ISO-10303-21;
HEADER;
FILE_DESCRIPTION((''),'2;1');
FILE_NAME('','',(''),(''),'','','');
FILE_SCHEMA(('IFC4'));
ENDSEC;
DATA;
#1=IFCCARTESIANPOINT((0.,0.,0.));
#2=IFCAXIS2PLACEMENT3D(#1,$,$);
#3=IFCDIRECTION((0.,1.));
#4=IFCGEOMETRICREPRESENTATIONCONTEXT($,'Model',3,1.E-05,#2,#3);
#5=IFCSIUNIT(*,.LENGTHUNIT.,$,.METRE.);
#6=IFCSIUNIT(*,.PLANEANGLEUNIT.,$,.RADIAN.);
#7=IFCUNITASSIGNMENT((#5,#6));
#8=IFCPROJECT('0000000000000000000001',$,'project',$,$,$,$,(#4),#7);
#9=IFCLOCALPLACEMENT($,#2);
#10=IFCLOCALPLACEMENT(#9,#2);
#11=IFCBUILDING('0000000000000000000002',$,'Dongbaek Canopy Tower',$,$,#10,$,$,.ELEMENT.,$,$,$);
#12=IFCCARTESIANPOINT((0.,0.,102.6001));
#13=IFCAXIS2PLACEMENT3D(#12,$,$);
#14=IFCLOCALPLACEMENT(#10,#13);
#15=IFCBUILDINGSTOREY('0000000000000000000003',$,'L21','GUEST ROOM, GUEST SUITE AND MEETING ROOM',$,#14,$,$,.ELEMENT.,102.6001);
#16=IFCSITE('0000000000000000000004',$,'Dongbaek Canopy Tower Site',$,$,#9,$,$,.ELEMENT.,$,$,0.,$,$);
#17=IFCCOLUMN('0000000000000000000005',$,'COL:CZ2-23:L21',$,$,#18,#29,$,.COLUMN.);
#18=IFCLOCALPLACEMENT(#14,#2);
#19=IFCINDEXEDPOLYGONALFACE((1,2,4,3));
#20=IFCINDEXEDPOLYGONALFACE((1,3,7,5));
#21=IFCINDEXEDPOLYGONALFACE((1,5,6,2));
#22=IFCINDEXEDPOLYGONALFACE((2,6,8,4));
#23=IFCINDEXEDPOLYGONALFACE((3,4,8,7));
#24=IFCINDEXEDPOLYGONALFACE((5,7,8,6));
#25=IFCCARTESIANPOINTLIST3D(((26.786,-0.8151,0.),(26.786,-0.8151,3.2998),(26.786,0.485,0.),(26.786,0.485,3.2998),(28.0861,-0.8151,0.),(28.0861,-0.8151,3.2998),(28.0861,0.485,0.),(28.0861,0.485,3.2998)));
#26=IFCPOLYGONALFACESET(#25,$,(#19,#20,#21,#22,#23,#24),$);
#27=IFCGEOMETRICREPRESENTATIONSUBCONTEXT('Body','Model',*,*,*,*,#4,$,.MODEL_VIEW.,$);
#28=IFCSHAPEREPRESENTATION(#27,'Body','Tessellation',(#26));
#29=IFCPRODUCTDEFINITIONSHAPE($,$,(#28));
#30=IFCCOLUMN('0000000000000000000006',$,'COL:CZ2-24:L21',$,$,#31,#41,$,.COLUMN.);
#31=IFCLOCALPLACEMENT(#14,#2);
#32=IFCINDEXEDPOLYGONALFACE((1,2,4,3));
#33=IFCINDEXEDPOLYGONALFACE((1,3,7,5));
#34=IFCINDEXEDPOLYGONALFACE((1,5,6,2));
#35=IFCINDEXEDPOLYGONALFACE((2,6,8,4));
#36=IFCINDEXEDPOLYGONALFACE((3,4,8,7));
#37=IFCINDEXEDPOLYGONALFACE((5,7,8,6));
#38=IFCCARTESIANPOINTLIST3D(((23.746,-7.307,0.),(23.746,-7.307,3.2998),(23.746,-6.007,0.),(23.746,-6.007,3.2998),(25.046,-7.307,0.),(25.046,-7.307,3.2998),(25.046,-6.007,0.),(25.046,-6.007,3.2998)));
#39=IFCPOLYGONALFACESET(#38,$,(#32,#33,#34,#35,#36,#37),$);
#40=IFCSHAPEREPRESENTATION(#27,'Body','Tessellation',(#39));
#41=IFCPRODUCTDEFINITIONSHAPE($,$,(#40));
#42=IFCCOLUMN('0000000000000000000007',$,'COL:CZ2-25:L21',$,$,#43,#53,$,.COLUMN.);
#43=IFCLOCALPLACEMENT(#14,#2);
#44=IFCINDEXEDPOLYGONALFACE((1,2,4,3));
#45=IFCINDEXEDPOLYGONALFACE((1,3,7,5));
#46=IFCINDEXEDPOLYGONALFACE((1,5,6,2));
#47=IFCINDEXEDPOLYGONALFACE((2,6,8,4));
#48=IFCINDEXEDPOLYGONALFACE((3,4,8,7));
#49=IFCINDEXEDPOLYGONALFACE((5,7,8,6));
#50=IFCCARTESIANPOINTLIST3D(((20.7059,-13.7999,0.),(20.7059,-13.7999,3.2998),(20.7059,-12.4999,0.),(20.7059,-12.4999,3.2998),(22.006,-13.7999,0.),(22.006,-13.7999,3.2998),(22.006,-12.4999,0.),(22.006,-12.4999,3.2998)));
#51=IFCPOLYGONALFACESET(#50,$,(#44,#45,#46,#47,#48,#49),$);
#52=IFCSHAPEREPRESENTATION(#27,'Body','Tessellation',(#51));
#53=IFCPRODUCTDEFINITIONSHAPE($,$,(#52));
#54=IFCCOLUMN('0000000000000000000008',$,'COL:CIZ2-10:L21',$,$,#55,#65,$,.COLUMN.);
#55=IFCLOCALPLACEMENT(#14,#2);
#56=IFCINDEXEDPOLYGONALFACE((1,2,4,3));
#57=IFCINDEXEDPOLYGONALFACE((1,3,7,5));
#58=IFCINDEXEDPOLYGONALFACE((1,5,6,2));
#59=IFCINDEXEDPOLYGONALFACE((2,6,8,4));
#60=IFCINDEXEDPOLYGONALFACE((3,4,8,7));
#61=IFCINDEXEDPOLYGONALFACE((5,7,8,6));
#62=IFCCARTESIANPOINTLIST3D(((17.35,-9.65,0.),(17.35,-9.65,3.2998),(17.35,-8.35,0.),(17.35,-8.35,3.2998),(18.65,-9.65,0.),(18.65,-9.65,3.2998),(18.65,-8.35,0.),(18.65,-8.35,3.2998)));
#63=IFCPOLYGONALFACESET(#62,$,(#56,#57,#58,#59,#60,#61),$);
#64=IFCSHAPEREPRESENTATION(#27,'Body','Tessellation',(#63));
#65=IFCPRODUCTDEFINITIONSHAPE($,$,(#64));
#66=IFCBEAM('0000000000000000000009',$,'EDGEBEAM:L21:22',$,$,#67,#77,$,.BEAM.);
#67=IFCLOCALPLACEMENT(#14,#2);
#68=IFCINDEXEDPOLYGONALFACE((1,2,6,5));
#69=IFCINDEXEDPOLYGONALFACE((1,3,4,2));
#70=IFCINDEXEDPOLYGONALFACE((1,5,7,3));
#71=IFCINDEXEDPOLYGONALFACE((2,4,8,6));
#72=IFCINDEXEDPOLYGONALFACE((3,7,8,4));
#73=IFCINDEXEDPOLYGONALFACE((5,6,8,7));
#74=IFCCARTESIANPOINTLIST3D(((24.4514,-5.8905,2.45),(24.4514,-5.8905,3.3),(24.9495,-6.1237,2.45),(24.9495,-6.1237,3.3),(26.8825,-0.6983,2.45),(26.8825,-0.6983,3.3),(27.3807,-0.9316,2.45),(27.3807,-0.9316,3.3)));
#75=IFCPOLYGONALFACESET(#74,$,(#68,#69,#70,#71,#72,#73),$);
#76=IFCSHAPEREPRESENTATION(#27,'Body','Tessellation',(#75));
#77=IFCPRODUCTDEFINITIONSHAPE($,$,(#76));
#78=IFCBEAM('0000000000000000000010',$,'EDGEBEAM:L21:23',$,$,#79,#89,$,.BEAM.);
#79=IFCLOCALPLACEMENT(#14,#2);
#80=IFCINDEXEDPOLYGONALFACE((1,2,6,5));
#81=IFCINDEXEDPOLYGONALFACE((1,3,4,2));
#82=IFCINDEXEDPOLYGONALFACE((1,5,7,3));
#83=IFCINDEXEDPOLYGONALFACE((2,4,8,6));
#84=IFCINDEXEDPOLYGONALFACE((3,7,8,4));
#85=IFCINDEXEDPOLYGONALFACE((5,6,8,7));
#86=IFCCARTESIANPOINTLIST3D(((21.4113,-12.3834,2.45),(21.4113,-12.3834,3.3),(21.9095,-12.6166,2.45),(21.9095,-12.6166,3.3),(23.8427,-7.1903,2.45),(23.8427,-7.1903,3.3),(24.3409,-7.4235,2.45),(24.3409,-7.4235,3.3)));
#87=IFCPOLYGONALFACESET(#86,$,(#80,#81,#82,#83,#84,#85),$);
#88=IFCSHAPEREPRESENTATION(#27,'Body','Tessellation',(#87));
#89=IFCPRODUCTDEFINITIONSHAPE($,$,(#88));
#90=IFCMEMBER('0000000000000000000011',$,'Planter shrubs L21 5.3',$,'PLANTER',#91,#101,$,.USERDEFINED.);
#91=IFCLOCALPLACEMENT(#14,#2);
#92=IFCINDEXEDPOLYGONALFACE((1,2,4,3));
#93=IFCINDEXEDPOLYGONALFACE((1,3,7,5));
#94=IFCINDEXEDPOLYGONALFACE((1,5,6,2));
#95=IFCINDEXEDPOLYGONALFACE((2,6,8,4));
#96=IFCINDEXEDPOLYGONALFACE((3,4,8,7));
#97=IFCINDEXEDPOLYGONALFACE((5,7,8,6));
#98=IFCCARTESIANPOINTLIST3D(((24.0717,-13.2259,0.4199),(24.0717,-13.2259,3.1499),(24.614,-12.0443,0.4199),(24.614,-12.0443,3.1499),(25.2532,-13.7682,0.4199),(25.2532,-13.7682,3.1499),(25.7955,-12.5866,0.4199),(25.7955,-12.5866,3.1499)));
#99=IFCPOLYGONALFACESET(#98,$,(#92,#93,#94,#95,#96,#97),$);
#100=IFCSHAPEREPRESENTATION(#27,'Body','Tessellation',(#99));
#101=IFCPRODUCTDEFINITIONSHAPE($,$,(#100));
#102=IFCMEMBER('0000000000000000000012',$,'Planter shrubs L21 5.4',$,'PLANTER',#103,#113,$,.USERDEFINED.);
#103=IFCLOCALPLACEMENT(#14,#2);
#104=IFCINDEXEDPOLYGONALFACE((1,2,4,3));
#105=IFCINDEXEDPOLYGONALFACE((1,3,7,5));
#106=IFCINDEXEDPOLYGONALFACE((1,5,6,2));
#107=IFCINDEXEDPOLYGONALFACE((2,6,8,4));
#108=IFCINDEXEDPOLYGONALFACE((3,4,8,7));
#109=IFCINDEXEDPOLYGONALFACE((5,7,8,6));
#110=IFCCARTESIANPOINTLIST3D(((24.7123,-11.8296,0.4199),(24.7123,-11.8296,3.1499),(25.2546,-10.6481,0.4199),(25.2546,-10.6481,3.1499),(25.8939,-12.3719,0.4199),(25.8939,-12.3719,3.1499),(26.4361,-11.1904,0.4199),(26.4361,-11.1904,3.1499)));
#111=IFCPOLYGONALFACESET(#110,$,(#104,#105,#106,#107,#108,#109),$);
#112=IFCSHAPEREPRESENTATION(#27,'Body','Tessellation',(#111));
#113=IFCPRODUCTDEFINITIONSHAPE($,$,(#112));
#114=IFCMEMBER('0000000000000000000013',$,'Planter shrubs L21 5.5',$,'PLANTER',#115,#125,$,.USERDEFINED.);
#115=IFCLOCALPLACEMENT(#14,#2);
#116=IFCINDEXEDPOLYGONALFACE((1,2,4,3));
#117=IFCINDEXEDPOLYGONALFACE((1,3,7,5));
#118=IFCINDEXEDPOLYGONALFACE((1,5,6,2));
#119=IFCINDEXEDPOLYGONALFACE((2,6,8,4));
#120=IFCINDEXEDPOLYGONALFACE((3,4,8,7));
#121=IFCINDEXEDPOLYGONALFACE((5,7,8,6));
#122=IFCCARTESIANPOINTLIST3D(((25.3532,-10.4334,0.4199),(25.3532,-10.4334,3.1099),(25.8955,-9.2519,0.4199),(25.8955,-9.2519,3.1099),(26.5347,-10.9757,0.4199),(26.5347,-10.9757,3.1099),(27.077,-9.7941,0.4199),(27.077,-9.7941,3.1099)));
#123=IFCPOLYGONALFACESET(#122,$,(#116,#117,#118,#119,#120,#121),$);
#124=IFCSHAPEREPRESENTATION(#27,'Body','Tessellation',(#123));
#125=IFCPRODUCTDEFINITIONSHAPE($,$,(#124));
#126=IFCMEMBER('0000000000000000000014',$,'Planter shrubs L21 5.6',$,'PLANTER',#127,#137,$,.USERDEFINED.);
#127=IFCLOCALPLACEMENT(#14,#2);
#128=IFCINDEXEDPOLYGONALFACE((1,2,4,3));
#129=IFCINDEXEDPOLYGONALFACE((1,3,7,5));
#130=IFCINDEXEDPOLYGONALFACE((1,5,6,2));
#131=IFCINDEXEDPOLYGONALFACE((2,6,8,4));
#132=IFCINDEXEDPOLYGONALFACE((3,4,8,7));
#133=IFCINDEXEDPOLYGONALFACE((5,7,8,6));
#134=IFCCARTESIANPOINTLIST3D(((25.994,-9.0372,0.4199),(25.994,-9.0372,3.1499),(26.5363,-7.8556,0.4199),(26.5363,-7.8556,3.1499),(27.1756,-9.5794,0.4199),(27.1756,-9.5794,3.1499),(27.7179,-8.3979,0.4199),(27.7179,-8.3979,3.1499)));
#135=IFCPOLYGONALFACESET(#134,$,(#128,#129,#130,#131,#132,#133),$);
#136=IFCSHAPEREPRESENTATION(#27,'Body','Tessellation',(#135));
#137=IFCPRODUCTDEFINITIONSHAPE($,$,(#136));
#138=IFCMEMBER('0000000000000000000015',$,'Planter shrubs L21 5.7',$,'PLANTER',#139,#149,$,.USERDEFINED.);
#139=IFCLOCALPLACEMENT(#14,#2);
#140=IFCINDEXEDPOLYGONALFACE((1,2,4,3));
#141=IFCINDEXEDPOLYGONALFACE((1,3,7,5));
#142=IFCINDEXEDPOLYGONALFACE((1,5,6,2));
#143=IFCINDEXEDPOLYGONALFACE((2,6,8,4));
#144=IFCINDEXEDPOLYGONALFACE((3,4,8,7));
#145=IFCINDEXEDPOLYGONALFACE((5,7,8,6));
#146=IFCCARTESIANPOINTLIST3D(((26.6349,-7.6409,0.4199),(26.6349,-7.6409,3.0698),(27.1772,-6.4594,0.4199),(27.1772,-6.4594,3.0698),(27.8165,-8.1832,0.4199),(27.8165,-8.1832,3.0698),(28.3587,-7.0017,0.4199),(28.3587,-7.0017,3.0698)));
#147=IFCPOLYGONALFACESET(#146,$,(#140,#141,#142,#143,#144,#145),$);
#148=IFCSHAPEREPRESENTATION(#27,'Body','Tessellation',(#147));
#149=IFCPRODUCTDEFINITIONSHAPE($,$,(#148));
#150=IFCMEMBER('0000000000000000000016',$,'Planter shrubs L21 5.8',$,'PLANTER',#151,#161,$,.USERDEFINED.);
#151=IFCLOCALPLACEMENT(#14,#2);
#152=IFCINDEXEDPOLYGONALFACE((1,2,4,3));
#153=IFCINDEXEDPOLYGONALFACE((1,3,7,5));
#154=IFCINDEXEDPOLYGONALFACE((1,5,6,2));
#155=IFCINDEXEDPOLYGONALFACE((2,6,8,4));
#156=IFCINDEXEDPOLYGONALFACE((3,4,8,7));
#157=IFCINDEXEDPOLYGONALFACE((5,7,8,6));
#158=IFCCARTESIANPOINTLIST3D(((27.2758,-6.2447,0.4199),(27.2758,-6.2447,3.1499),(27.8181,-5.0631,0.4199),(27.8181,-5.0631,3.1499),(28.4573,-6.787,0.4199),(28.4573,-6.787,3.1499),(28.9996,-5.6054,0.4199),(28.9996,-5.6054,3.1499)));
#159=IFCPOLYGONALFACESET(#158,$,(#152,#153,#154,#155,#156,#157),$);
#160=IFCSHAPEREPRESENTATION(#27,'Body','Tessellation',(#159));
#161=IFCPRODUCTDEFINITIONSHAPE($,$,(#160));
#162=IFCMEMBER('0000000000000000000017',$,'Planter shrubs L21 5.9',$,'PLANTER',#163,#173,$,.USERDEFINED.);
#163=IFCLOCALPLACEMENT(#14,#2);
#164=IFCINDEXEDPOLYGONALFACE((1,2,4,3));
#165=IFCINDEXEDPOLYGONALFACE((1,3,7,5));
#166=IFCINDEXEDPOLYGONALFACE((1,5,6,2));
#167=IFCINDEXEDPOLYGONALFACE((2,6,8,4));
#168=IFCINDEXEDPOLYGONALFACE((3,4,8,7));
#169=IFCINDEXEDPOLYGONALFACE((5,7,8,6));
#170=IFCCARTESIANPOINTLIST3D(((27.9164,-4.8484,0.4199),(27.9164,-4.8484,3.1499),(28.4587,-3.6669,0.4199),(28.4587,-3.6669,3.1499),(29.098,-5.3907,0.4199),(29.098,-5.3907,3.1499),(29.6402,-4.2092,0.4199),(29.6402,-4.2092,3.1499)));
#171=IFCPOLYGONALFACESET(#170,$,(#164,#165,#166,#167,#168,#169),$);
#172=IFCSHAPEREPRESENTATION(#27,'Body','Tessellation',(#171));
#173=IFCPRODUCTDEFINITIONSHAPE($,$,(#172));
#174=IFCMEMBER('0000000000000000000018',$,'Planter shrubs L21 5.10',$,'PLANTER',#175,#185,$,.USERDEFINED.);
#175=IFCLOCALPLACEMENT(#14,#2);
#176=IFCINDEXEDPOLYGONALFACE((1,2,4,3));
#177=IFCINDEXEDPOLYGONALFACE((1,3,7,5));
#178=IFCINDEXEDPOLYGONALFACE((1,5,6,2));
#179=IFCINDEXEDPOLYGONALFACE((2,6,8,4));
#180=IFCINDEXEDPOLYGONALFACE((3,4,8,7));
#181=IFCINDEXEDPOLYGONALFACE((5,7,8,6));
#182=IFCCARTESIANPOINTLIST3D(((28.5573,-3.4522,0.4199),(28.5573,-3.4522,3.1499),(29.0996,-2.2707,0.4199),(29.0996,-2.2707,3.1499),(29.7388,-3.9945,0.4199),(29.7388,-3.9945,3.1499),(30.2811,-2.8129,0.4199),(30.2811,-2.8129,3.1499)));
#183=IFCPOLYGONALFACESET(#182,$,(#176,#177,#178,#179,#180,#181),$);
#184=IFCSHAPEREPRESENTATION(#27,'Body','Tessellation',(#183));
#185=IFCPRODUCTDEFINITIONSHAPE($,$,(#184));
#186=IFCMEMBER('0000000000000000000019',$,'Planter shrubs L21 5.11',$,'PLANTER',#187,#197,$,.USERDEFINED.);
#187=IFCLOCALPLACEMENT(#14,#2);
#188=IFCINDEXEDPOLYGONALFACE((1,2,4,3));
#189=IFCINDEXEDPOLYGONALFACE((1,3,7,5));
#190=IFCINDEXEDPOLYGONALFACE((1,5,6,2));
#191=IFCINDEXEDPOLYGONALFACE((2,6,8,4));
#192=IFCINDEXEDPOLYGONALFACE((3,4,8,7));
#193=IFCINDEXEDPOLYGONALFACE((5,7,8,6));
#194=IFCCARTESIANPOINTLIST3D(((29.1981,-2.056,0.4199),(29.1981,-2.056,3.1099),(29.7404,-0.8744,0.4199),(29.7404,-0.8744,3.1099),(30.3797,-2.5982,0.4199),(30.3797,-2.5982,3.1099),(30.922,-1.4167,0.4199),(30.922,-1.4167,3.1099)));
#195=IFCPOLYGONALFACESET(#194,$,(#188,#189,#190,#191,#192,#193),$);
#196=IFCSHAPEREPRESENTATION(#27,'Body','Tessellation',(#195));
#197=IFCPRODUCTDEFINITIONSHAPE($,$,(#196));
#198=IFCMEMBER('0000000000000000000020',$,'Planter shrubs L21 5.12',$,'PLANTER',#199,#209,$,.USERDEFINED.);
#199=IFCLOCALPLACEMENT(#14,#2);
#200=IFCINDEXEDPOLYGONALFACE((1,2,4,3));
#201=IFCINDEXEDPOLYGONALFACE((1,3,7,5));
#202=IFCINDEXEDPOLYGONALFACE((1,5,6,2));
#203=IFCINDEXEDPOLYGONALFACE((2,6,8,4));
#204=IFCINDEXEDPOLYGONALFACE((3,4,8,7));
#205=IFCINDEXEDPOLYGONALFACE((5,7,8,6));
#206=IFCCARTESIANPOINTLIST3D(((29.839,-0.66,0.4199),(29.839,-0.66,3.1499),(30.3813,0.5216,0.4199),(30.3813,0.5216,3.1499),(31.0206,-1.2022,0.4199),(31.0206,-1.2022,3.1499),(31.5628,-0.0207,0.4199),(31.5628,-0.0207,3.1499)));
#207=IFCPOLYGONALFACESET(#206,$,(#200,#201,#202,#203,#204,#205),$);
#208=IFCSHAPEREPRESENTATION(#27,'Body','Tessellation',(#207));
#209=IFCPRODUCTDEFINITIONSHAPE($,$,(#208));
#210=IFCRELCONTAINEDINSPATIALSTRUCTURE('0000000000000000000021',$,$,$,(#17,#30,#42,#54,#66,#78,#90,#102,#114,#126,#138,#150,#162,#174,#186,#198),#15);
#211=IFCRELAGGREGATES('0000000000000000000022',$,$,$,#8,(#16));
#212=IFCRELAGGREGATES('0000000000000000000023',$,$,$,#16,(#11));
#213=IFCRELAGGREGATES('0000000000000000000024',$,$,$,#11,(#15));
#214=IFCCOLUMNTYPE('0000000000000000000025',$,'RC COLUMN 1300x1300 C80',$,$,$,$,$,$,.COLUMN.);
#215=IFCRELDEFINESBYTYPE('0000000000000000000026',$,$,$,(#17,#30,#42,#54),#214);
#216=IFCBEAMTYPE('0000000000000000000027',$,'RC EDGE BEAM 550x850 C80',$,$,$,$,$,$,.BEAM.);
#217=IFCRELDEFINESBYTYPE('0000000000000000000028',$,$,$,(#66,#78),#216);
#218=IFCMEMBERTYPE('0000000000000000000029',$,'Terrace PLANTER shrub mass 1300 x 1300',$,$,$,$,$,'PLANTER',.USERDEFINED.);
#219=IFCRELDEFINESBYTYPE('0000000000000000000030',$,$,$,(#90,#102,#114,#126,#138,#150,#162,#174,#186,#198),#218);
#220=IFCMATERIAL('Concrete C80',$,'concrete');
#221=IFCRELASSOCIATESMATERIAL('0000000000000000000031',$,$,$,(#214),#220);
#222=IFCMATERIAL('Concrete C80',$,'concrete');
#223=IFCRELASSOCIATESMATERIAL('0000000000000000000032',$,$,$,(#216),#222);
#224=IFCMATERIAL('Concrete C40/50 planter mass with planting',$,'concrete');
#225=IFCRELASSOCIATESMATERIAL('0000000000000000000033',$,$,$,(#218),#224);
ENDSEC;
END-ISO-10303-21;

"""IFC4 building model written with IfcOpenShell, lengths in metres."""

from ifc_helpers import new_model, si_unit, direction, frame, origin, origin_2d, place, context, subcontext, project, spatial, rectangle, extrude, material, material_profile, profile_set, type_object, element, save


model = new_model("IFC4")

# Units and contexts
model_context = context("Model", 3, precision=1e-05, world=origin(), true_north=direction((0.0, 1.0)))
body_context = subcontext(model_context, "Body", "Model", "MODEL_VIEW")
ifc_project = project(units=[si_unit("LENGTHUNIT", "METRE"), si_unit("PLANEANGLEUNIT", "RADIAN")], contexts=[model_context])

# Site, building, storey
site_placement = place(None, origin())
site = spatial("IfcSite", under=ifc_project, at=site_placement, Name="Dongbaek Canopy Tower Site", CompositionType="ELEMENT", RefElevation=0.0)
building_placement = place(site_placement, origin())
building = spatial("IfcBuilding", under=site, at=building_placement, Name="Dongbaek Canopy Tower", CompositionType="ELEMENT")
storey_placement = place(building_placement, frame((0.0, 0.0, 102.6001)))
storey = spatial("IfcBuildingStorey", under=building, at=storey_placement, Name="L21", Description="GUEST ROOM, GUEST SUITE AND MEETING ROOM", CompositionType="ELEMENT", Elevation=102.6001)

# Columns
ifc_material_1 = material(Name="Concrete C80", Category="concrete")
ifc_material_profile_1 = material_profile(ifc_material_1, rectangle(XDim=1.3, YDim=1.3, at=origin_2d()), Name="RC COLUMN 1300x1300 C80")
ifc_profile_set_1 = profile_set([ifc_material_profile_1], Name="Concrete C80")
column_type = type_object("IfcColumnType", Name="RC COLUMN 1300x1300 C80", PredefinedType="COLUMN", material=ifc_profile_set_1)
for number, where, z_axis, x_axis, name in (
    (1, (27.436, -0.165, 0.0), (0.0, 0.0, 1.0), (1.0, 0.0, 0.0), "COL:CZ2-23:L21"),
    (2, (24.396, -6.657, 0.0), (0.0, 0.0, 1.0), (1.0, 0.0, 0.0), "COL:CZ2-24:L21"),
    (3, (21.356, -13.1499, 0.0), (0.0, 0.0, 1.0), (1.0, 0.0, 0.0), "COL:CZ2-25:L21"),
    (4, (18.0, -9.0, 0.0), (0.0, 0.0, 1.0), (1.0, 0.0, 0.0), "COL:CIZ2-10:L21"),
):
    element("IfcColumn", number, at=place(storey_placement, frame(where, z_axis=z_axis, x_axis=x_axis)), inside=storey, type_object=column_type, Name=name, PredefinedType="COLUMN", context=body_context, shape_type="SweptSolid", body=[
        extrude(rectangle(XDim=1.3, YDim=1.3, at=origin_2d()), origin(), (0.0, 0.0, 1.0), 3.2998),
    ])

# Beams
ifc_material_2 = material(Name="Concrete C80", Category="concrete")
ifc_material_profile_2 = material_profile(ifc_material_2, rectangle(XDim=0.55, YDim=0.8501, at=origin_2d()), Name="RC EDGE BEAM 550x850 C80")
ifc_profile_set_2 = profile_set([ifc_material_profile_2], Name="Concrete C80")
beam_type = type_object("IfcBeamType", Name="RC EDGE BEAM 550x850 C80", PredefinedType="BEAM", material=ifc_profile_set_2)
beam_1_placement = place(storey_placement, frame((27.1316, -0.8149, 2.875), z_axis=(-0.424053, -0.905637, 0.0), x_axis=(0.905637, -0.424053, 0.0)))
element("IfcBeam", 5, at=beam_1_placement, inside=storey, type_object=beam_type, Name="EDGEBEAM:L21:22", PredefinedType="BEAM", context=body_context, shape_type="SweptSolid", body=[
    extrude(rectangle(XDim=0.55, YDim=0.8501, at=origin_2d()), origin(), (0.0, 0.0, 1.0), 5.7332),
])
beam_2_placement = place(storey_placement, frame((24.0918, -7.3069, 2.875), z_axis=(-0.424023, -0.905652, 0.0), x_axis=(0.905652, -0.424023, 0.0)))
element("IfcBeam", 6, at=beam_2_placement, inside=storey, type_object=beam_type, Name="EDGEBEAM:L21:23", PredefinedType="BEAM", context=body_context, shape_type="SweptSolid", body=[
    extrude(rectangle(XDim=0.55, YDim=0.8501, at=origin_2d()), origin(), (0.0, 0.0, 1.0), 5.7341),
])

# Members
ifc_material_3 = material(Name="Concrete C40/50 planter mass with planting", Category="concrete")
ifc_material_profile_3 = material_profile(ifc_material_3, rectangle(XDim=1.3, YDim=1.3, at=origin_2d()), Name="Terrace PLANTER shrub mass 1300 x 1300")
ifc_profile_set_3 = profile_set([ifc_material_profile_3], Name="Concrete C40/50 planter mass with planting")
member_type = type_object("IfcMemberType", Name="Terrace PLANTER shrub mass 1300 x 1300", ElementType="PLANTER", PredefinedType="USERDEFINED", material=ifc_profile_set_3)
for number, where, z_axis, x_axis, name in (
    (7, (24.9336, -12.9062, 0.4199), (0.0, 0.0, 1.0), (0.908849, -0.417126, 0.0), "Planter shrubs L21 5.3"),
    (8, (25.5742, -11.51, 0.4199), (0.0, 0.0, 1.0), (0.908849, -0.417126, 0.0), "Planter shrubs L21 5.4"),
):
    element("IfcMember", number, at=place(storey_placement, frame(where, z_axis=z_axis, x_axis=x_axis)), inside=storey, type_object=member_type, Name=name, ObjectType="PLANTER", PredefinedType="USERDEFINED", context=body_context, shape_type="SweptSolid", body=[
        extrude(rectangle(XDim=1.3, YDim=1.3, at=origin_2d()), origin(), (0.0, 0.0, 1.0), 2.73),
    ])
member_1_placement = place(storey_placement, frame((26.2151, -10.1138, 0.4199), z_axis=(0.0, 0.0, 1.0), x_axis=(0.908849, -0.417126, 0.0)))
element("IfcMember", 9, at=member_1_placement, inside=storey, type_object=member_type, Name="Planter shrubs L21 5.5", ObjectType="PLANTER", PredefinedType="USERDEFINED", context=body_context, shape_type="SweptSolid", body=[
    extrude(rectangle(XDim=1.3, YDim=1.3, at=origin_2d()), origin(), (0.0, 0.0, 1.0), 2.6899),
])
member_2_placement = place(storey_placement, frame((26.856, -8.7175, 0.4199), z_axis=(0.0, 0.0, 1.0), x_axis=(0.908849, -0.417126, 0.0)))
element("IfcMember", 10, at=member_2_placement, inside=storey, type_object=member_type, Name="Planter shrubs L21 5.6", ObjectType="PLANTER", PredefinedType="USERDEFINED", context=body_context, shape_type="SweptSolid", body=[
    extrude(rectangle(XDim=1.3, YDim=1.3, at=origin_2d()), origin(), (0.0, 0.0, 1.0), 2.73),
])
member_3_placement = place(storey_placement, frame((27.4968, -7.3213, 0.4199), z_axis=(0.0, 0.0, 1.0), x_axis=(0.908849, -0.417126, 0.0)))
element("IfcMember", 11, at=member_3_placement, inside=storey, type_object=member_type, Name="Planter shrubs L21 5.7", ObjectType="PLANTER", PredefinedType="USERDEFINED", context=body_context, shape_type="SweptSolid", body=[
    extrude(rectangle(XDim=1.3, YDim=1.3, at=origin_2d()), origin(), (0.0, 0.0, 1.0), 2.6499),
])
for number, where, z_axis, x_axis, name in (
    (12, (28.1377, -5.925, 0.4199), (0.0, 0.0, 1.0), (0.908849, -0.417126, 0.0), "Planter shrubs L21 5.8"),
    (13, (28.7783, -4.5288, 0.4199), (0.0, 0.0, 1.0), (0.908849, -0.417126, 0.0), "Planter shrubs L21 5.9"),
    (14, (29.4192, -3.1326, 0.4199), (0.0, 0.0, 1.0), (0.908849, -0.417126, 0.0), "Planter shrubs L21 5.10"),
):
    element("IfcMember", number, at=place(storey_placement, frame(where, z_axis=z_axis, x_axis=x_axis)), inside=storey, type_object=member_type, Name=name, ObjectType="PLANTER", PredefinedType="USERDEFINED", context=body_context, shape_type="SweptSolid", body=[
        extrude(rectangle(XDim=1.3, YDim=1.3, at=origin_2d()), origin(), (0.0, 0.0, 1.0), 2.73),
    ])
member_4_placement = place(storey_placement, frame((30.0601, -1.7363, 0.4199), z_axis=(0.0, 0.0, 1.0), x_axis=(0.908849, -0.417126, 0.0)))
element("IfcMember", 15, at=member_4_placement, inside=storey, type_object=member_type, Name="Planter shrubs L21 5.11", ObjectType="PLANTER", PredefinedType="USERDEFINED", context=body_context, shape_type="SweptSolid", body=[
    extrude(rectangle(XDim=1.3, YDim=1.3, at=origin_2d()), origin(), (0.0, 0.0, 1.0), 2.6899),
])
member_5_placement = place(storey_placement, frame((30.7009, -0.3403, 0.4199), z_axis=(0.0, 0.0, 1.0), x_axis=(0.908849, -0.417126, 0.0)))
element("IfcMember", 16, at=member_5_placement, inside=storey, type_object=member_type, Name="Planter shrubs L21 5.12", ObjectType="PLANTER", PredefinedType="USERDEFINED", context=body_context, shape_type="SweptSolid", body=[
    extrude(rectangle(XDim=1.3, YDim=1.3, at=origin_2d()), origin(), (0.0, 0.0, 1.0), 2.73),
])

save(model, "model.ifc")
